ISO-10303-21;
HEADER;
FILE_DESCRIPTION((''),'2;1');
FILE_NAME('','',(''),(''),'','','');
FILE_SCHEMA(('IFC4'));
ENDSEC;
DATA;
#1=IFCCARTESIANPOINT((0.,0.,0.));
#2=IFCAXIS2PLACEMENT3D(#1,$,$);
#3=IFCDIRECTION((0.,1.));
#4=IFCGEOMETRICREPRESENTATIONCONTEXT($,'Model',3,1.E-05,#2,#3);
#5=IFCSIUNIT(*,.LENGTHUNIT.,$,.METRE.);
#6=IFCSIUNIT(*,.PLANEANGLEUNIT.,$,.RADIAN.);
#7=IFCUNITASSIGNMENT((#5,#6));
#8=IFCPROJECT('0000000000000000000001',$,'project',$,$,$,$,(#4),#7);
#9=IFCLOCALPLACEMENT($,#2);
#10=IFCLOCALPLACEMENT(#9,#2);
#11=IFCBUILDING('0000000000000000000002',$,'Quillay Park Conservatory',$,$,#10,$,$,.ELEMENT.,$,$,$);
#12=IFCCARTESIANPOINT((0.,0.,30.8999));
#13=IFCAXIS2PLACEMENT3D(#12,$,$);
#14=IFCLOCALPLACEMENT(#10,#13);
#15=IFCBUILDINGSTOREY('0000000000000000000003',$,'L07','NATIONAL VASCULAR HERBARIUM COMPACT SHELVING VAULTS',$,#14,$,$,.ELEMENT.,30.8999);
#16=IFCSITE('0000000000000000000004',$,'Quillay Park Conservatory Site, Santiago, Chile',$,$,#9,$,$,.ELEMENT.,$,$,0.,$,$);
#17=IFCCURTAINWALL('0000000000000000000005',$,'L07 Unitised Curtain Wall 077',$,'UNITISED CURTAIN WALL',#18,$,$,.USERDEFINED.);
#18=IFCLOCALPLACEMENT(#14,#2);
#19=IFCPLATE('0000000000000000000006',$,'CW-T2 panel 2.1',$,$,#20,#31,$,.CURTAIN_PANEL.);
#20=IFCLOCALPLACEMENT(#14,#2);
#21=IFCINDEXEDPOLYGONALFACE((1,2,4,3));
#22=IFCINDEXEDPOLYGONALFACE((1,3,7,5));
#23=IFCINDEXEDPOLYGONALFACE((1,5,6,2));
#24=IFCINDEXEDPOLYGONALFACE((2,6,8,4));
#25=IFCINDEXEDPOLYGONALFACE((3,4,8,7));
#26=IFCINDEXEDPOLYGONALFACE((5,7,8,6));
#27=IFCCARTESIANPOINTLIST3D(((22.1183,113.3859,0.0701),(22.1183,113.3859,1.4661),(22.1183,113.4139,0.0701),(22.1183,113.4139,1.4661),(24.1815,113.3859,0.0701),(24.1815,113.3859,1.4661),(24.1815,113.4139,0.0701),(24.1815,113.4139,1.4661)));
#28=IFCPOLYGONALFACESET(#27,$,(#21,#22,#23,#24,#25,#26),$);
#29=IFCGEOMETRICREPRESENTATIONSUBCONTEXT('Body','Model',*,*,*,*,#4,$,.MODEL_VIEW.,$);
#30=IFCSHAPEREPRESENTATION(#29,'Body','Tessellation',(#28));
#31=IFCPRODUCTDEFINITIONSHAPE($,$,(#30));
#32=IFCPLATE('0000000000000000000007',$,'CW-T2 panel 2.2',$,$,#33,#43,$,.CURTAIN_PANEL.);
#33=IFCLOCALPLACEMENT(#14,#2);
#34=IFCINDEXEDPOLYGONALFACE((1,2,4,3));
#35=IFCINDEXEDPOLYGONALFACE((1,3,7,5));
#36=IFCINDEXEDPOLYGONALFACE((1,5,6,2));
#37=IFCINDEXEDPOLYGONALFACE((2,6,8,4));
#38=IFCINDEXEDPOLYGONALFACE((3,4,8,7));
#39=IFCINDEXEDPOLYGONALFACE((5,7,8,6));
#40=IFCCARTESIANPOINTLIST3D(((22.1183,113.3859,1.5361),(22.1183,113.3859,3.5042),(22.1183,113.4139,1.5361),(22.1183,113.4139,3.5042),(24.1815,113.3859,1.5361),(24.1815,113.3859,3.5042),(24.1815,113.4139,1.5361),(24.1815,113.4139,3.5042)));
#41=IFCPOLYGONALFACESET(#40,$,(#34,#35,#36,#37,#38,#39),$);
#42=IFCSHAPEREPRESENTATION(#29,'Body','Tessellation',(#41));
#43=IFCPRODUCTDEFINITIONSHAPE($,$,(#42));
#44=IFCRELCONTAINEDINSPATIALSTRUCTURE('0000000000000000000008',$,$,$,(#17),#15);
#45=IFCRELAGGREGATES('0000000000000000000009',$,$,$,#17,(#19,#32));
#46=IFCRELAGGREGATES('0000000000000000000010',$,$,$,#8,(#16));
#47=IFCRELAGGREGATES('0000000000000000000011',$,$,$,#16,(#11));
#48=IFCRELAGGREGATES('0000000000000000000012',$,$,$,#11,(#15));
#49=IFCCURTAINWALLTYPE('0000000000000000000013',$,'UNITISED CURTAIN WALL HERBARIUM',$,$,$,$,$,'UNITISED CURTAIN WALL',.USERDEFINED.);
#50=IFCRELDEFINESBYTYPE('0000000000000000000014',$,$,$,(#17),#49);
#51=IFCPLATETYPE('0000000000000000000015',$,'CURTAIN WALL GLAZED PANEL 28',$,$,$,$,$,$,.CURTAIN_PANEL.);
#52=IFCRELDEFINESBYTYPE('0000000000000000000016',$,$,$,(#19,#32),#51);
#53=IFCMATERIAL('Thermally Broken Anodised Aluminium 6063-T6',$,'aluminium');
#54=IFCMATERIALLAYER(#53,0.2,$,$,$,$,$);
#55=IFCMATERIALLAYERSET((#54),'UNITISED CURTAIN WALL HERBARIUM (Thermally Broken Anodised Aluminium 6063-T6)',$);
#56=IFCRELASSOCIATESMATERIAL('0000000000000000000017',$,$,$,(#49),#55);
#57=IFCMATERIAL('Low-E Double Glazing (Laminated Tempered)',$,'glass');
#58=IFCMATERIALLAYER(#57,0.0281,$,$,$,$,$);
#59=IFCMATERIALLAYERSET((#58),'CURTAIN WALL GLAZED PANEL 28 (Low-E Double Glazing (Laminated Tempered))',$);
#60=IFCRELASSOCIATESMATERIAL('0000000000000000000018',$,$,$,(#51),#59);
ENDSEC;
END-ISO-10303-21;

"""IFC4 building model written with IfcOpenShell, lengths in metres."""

from ifc_helpers import new_model, si_unit, direction, frame, origin, origin_2d, place, context, subcontext, project, spatial, rectangle, extrude, material, layer, layer_set, type_object, element, aggregate, save


model = new_model("IFC4")

# Units and contexts
model_context = context("Model", 3, precision=1e-05, world=origin(), true_north=direction((0.0, 1.0)))
body_context = subcontext(model_context, "Body", "Model", "MODEL_VIEW")
ifc_project = project(units=[si_unit("LENGTHUNIT", "METRE"), si_unit("PLANEANGLEUNIT", "RADIAN")], contexts=[model_context])

# Site, building, storey
site_placement = place(None, origin())
site = spatial("IfcSite", under=ifc_project, at=site_placement, Name="Quillay Park Conservatory Site, Santiago, Chile", CompositionType="ELEMENT", RefElevation=0.0)
building_placement = place(site_placement, origin())
building = spatial("IfcBuilding", under=site, at=building_placement, Name="Quillay Park Conservatory", CompositionType="ELEMENT")
storey_placement = place(building_placement, frame((0.0, 0.0, 30.8999)))
storey = spatial("IfcBuildingStorey", under=building, at=storey_placement, Name="L07", Description="NATIONAL VASCULAR HERBARIUM COMPACT SHELVING VAULTS", CompositionType="ELEMENT", Elevation=30.8999)

# Shared definitions
ifc_material_1 = material(Name="Thermally Broken Anodised Aluminium 6063-T6", Category="aluminium")
ifc_layer_1 = layer(ifc_material_1, 0.2)
ifc_layer_set_1 = layer_set([ifc_layer_1], Name="UNITISED CURTAIN WALL HERBARIUM (Thermally Broken Anodised Aluminium 6063-T6)")
curtain_wall_type = type_object("IfcCurtainWallType", Name="UNITISED CURTAIN WALL HERBARIUM", ElementType="UNITISED CURTAIN WALL", PredefinedType="USERDEFINED", material=ifc_layer_set_1)

# Curtain wall
curtain_wall_1_placement = place(storey_placement, origin())
curtain_wall_1 = element("IfcCurtainWall", 1, at=curtain_wall_1_placement, inside=storey, type_object=curtain_wall_type, Name="L07 Unitised Curtain Wall 077", ObjectType="UNITISED CURTAIN WALL", PredefinedType="USERDEFINED")

# Plates
ifc_material_2 = material(Name="Low-E Double Glazing (Laminated Tempered)", Category="glass")
ifc_layer_2 = layer(ifc_material_2, 0.0281)
ifc_layer_set_2 = layer_set([ifc_layer_2], Name="CURTAIN WALL GLAZED PANEL 28 (Low-E Double Glazing (Laminated Tempered))")
plate_type = type_object("IfcPlateType", Name="CURTAIN WALL GLAZED PANEL 28", PredefinedType="CURTAIN_PANEL", material=ifc_layer_set_2)
plate_1_placement = place(storey_placement, frame((23.1499, 113.3999, 0.0701), z_axis=(0.0, 0.0, 1.0), x_axis=(1.0, 0.0, 0.0)))
plate_1 = element("IfcPlate", 2, at=plate_1_placement, type_object=plate_type, Name="CW-T2 panel 2.1", PredefinedType="CURTAIN_PANEL", context=body_context, shape_type="SweptSolid", body=[
    extrude(rectangle(XDim=2.0632, YDim=0.0281, at=origin_2d()), origin(), (0.0, 0.0, 1.0), 1.396),
])
plate_2_placement = place(storey_placement, frame((23.1499, 113.3999, 1.5361), z_axis=(0.0, 0.0, 1.0), x_axis=(1.0, 0.0, 0.0)))
plate_2 = element("IfcPlate", 3, at=plate_2_placement, type_object=plate_type, Name="CW-T2 panel 2.2", PredefinedType="CURTAIN_PANEL", context=body_context, shape_type="SweptSolid", body=[
    extrude(rectangle(XDim=2.0632, YDim=0.0281, at=origin_2d()), origin(), (0.0, 0.0, 1.0), 1.968),
])
aggregate(curtain_wall_1, [plate_1, plate_2])

save(model, "model.ifc")
